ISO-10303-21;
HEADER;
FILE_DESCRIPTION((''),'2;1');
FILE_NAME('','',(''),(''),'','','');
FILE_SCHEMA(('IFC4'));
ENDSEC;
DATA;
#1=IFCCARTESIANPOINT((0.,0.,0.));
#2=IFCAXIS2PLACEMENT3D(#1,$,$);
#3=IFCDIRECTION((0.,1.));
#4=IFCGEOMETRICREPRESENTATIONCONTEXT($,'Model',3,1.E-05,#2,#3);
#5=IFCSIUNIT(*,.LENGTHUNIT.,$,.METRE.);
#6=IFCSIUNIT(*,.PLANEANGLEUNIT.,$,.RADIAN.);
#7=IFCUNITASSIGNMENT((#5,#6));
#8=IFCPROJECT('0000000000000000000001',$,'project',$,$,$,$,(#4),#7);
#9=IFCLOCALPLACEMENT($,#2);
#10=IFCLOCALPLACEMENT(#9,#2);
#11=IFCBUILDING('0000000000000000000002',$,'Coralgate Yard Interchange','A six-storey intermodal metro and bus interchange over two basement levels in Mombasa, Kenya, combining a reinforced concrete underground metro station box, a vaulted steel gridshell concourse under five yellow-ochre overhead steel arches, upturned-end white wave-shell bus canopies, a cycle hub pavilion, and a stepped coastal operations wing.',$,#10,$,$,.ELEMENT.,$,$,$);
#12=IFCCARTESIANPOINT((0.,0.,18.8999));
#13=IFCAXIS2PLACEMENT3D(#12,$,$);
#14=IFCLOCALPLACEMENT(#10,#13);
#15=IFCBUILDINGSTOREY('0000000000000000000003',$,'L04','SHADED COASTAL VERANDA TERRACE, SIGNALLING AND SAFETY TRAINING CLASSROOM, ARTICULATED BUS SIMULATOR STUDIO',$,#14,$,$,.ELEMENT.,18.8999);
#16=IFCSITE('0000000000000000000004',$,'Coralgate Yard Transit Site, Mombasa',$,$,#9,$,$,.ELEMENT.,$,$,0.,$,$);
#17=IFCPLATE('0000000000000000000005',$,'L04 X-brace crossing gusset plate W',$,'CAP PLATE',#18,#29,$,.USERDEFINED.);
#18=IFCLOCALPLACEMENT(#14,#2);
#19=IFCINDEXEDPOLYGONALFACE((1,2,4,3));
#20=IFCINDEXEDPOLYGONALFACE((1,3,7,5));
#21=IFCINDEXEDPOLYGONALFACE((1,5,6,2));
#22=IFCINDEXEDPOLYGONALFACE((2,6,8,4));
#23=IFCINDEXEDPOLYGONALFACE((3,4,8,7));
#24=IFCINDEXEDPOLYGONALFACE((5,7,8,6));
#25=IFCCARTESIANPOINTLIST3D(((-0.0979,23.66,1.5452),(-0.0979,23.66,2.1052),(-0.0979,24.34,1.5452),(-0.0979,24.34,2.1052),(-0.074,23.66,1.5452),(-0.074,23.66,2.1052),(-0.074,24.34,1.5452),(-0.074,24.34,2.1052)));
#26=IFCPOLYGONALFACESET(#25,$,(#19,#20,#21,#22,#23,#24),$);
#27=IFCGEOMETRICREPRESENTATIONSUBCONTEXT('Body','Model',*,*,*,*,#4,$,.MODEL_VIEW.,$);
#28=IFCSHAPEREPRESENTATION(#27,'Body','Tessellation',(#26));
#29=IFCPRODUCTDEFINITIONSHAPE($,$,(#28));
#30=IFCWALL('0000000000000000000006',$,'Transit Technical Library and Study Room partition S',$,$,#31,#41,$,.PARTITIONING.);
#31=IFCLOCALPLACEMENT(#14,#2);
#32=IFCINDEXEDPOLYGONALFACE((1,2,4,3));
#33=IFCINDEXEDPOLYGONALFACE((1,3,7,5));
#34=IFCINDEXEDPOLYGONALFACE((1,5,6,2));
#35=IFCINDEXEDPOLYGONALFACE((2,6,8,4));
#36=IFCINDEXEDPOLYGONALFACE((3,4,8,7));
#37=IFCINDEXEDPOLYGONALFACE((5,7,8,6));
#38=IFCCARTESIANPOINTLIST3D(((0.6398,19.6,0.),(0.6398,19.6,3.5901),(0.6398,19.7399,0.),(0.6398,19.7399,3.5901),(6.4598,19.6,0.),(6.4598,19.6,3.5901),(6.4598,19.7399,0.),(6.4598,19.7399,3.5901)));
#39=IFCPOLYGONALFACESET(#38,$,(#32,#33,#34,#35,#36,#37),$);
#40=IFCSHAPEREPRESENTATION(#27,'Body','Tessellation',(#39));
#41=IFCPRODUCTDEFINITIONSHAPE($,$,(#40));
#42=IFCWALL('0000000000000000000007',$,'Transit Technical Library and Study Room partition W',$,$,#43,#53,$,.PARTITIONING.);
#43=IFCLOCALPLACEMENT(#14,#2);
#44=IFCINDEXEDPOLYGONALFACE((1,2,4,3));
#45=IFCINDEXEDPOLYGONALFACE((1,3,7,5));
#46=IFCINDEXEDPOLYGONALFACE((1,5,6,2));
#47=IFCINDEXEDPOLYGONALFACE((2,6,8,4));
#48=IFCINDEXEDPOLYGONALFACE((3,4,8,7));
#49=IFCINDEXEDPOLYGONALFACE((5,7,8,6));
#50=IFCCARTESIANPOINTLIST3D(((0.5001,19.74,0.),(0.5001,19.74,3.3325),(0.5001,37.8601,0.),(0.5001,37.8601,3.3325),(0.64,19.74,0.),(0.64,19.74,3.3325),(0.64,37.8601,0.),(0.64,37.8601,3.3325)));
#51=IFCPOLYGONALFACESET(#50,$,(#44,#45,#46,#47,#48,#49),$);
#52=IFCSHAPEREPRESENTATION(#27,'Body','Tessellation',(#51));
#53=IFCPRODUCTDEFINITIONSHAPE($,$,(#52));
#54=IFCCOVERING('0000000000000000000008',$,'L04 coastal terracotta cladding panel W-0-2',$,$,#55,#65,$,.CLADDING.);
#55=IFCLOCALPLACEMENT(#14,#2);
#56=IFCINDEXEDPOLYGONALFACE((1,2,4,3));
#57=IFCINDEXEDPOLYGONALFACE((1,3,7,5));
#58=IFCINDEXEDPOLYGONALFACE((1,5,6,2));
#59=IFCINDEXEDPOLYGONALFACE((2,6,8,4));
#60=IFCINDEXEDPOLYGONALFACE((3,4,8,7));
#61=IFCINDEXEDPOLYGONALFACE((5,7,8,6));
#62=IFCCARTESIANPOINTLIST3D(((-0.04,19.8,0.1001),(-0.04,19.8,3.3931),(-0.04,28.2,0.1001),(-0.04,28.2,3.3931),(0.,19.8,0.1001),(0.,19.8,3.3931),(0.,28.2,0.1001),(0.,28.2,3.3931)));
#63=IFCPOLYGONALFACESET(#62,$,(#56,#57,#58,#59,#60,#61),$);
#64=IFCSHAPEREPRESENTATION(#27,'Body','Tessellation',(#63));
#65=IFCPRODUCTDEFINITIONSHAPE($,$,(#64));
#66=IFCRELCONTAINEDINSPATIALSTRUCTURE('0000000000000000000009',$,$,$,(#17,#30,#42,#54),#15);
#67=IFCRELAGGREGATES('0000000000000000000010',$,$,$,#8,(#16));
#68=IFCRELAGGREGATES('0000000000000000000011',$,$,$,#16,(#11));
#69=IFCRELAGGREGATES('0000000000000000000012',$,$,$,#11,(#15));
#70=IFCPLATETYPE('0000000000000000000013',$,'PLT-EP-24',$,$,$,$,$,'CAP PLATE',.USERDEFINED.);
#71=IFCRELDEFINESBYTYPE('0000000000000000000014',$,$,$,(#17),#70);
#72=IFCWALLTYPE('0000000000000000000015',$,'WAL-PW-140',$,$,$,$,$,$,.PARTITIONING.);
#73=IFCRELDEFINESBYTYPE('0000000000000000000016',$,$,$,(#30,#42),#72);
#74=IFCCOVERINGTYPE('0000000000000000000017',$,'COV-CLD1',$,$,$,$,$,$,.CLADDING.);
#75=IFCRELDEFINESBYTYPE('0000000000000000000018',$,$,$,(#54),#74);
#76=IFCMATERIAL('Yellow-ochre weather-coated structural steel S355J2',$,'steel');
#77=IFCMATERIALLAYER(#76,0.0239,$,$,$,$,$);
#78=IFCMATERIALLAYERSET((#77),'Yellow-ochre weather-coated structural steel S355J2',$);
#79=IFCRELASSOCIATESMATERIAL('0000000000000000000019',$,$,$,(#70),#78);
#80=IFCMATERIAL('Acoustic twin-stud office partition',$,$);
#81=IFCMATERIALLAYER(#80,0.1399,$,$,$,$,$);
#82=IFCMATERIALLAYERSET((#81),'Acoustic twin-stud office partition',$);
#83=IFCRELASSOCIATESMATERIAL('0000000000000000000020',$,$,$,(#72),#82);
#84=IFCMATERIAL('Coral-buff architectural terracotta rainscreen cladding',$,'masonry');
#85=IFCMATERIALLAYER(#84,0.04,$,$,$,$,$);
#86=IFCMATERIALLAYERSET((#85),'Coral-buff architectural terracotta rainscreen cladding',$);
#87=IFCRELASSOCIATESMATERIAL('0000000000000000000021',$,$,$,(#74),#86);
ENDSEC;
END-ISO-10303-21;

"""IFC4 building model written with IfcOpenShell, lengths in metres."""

from ifc_helpers import new_model, si_unit, direction, frame, frame_2d, origin, origin_2d, place, context, subcontext, project, spatial, rectangle, extrude, material, layer, layer_set, type_object, element, save


model = new_model("IFC4")

# Units and contexts
model_context = context("Model", 3, precision=1e-05, world=origin(), true_north=direction((0.0, 1.0)))
body_context = subcontext(model_context, "Body", "Model", "MODEL_VIEW")
ifc_project = project(units=[si_unit("LENGTHUNIT", "METRE"), si_unit("PLANEANGLEUNIT", "RADIAN")], contexts=[model_context])

# Site, building, storey
site_placement = place(None, origin())
site = spatial("IfcSite", under=ifc_project, at=site_placement, Name="Coralgate Yard Transit Site, Mombasa", CompositionType="ELEMENT", RefElevation=0.0)
building_placement = place(site_placement, origin())
building = spatial("IfcBuilding", under=site, at=building_placement, Name="Coralgate Yard Interchange", Description="A six-storey intermodal metro and bus interchange over two basement levels in Mombasa, Kenya, combining a reinforced concrete underground metro station box, a vaulted steel gridshell concourse under five yellow-ochre overhead steel arches, upturned-end white wave-shell bus canopies, a cycle hub pavilion, and a stepped coastal operations wing.", CompositionType="ELEMENT")
storey_placement = place(building_placement, frame((0.0, 0.0, 18.8999)))
storey = spatial("IfcBuildingStorey", under=building, at=storey_placement, Name="L04", Description="SHADED COASTAL VERANDA TERRACE, SIGNALLING AND SAFETY TRAINING CLASSROOM, ARTICULATED BUS SIMULATOR STUDIO", CompositionType="ELEMENT", Elevation=18.8999)

# Plate
ifc_material_1 = material(Name="Yellow-ochre weather-coated structural steel S355J2", Category="steel")
ifc_layer_1 = layer(ifc_material_1, 0.0239)
ifc_layer_set_1 = layer_set([ifc_layer_1], Name="Yellow-ochre weather-coated structural steel S355J2")
plate_type_1 = type_object("IfcPlateType", Name="PLT-EP-24", ElementType="CAP PLATE", PredefinedType="USERDEFINED", material=ifc_layer_set_1)
plate_1_placement = place(storey_placement, frame((-0.0859, 24.0, 1.5452), z_axis=(0.0, 0.0, 1.0), x_axis=(0.0, 1.0, 0.0)))
element("IfcPlate", 1, at=plate_1_placement, inside=storey, type_object=plate_type_1, Name="L04 X-brace crossing gusset plate W", ObjectType="CAP PLATE", PredefinedType="USERDEFINED", context=body_context, shape_type="SweptSolid", body=[
    extrude(rectangle(XDim=0.6799, YDim=0.0239, at=origin_2d()), origin(), (0.0, 0.0, 1.0), 0.5601),
])

# Walls
ifc_material_2 = material(Name="Acoustic twin-stud office partition")
ifc_layer_2 = layer(ifc_material_2, 0.1399)
ifc_layer_set_2 = layer_set([ifc_layer_2], Name="Acoustic twin-stud office partition")
wall_type = type_object("IfcWallType", Name="WAL-PW-140", PredefinedType="PARTITIONING", material=ifc_layer_set_2)
wall_1_placement = place(storey_placement, frame((6.46, 19.6699, 0.0), z_axis=(0.0, 0.0, 1.0), x_axis=(-1.0, 0.0, 0.0)))
element("IfcWall", 2, at=wall_1_placement, inside=storey, type_object=wall_type, Name="Transit Technical Library and Study Room partition S", PredefinedType="PARTITIONING", context=body_context, shape_type="SweptSolid", body=[
    extrude(rectangle(XDim=5.8201, YDim=0.1399, at=frame_2d((2.9102, 0.0))), origin(), (0.0, 0.0, 1.0), 3.5901),
])
wall_2_placement = place(storey_placement, frame((0.5701, 19.74, 0.0), z_axis=(0.0, 0.0, 1.0), x_axis=(0.0, 1.0, 0.0)))
element("IfcWall", 3, at=wall_2_placement, inside=storey, type_object=wall_type, Name="Transit Technical Library and Study Room partition W", PredefinedType="PARTITIONING", context=body_context, shape_type="SweptSolid", body=[
    extrude(rectangle(XDim=18.1201, YDim=0.1399, at=frame_2d((9.0601, 0.0))), origin(), (0.0, 0.0, 1.0), 3.3325),
])

# Covering
ifc_material_3 = material(Name="Coral-buff architectural terracotta rainscreen cladding", Category="masonry")
ifc_layer_3 = layer(ifc_material_3, 0.04)
ifc_layer_set_3 = layer_set([ifc_layer_3], Name="Coral-buff architectural terracotta rainscreen cladding")
covering_type = type_object("IfcCoveringType", Name="COV-CLD1", PredefinedType="CLADDING", material=ifc_layer_set_3)
covering_placement = place(storey_placement, frame((-0.02, 24.0, 0.1001), z_axis=(0.0, 0.0, 1.0), x_axis=(0.0, 1.0, 0.0)))
element("IfcCovering", 4, at=covering_placement, inside=storey, type_object=covering_type, Name="L04 coastal terracotta cladding panel W-0-2", PredefinedType="CLADDING", context=body_context, shape_type="SweptSolid", body=[
    extrude(rectangle(XDim=8.3999, YDim=0.04, at=origin_2d()), origin(), (0.0, 0.0, 1.0), 3.293),
])

save(model, "model.ifc")
